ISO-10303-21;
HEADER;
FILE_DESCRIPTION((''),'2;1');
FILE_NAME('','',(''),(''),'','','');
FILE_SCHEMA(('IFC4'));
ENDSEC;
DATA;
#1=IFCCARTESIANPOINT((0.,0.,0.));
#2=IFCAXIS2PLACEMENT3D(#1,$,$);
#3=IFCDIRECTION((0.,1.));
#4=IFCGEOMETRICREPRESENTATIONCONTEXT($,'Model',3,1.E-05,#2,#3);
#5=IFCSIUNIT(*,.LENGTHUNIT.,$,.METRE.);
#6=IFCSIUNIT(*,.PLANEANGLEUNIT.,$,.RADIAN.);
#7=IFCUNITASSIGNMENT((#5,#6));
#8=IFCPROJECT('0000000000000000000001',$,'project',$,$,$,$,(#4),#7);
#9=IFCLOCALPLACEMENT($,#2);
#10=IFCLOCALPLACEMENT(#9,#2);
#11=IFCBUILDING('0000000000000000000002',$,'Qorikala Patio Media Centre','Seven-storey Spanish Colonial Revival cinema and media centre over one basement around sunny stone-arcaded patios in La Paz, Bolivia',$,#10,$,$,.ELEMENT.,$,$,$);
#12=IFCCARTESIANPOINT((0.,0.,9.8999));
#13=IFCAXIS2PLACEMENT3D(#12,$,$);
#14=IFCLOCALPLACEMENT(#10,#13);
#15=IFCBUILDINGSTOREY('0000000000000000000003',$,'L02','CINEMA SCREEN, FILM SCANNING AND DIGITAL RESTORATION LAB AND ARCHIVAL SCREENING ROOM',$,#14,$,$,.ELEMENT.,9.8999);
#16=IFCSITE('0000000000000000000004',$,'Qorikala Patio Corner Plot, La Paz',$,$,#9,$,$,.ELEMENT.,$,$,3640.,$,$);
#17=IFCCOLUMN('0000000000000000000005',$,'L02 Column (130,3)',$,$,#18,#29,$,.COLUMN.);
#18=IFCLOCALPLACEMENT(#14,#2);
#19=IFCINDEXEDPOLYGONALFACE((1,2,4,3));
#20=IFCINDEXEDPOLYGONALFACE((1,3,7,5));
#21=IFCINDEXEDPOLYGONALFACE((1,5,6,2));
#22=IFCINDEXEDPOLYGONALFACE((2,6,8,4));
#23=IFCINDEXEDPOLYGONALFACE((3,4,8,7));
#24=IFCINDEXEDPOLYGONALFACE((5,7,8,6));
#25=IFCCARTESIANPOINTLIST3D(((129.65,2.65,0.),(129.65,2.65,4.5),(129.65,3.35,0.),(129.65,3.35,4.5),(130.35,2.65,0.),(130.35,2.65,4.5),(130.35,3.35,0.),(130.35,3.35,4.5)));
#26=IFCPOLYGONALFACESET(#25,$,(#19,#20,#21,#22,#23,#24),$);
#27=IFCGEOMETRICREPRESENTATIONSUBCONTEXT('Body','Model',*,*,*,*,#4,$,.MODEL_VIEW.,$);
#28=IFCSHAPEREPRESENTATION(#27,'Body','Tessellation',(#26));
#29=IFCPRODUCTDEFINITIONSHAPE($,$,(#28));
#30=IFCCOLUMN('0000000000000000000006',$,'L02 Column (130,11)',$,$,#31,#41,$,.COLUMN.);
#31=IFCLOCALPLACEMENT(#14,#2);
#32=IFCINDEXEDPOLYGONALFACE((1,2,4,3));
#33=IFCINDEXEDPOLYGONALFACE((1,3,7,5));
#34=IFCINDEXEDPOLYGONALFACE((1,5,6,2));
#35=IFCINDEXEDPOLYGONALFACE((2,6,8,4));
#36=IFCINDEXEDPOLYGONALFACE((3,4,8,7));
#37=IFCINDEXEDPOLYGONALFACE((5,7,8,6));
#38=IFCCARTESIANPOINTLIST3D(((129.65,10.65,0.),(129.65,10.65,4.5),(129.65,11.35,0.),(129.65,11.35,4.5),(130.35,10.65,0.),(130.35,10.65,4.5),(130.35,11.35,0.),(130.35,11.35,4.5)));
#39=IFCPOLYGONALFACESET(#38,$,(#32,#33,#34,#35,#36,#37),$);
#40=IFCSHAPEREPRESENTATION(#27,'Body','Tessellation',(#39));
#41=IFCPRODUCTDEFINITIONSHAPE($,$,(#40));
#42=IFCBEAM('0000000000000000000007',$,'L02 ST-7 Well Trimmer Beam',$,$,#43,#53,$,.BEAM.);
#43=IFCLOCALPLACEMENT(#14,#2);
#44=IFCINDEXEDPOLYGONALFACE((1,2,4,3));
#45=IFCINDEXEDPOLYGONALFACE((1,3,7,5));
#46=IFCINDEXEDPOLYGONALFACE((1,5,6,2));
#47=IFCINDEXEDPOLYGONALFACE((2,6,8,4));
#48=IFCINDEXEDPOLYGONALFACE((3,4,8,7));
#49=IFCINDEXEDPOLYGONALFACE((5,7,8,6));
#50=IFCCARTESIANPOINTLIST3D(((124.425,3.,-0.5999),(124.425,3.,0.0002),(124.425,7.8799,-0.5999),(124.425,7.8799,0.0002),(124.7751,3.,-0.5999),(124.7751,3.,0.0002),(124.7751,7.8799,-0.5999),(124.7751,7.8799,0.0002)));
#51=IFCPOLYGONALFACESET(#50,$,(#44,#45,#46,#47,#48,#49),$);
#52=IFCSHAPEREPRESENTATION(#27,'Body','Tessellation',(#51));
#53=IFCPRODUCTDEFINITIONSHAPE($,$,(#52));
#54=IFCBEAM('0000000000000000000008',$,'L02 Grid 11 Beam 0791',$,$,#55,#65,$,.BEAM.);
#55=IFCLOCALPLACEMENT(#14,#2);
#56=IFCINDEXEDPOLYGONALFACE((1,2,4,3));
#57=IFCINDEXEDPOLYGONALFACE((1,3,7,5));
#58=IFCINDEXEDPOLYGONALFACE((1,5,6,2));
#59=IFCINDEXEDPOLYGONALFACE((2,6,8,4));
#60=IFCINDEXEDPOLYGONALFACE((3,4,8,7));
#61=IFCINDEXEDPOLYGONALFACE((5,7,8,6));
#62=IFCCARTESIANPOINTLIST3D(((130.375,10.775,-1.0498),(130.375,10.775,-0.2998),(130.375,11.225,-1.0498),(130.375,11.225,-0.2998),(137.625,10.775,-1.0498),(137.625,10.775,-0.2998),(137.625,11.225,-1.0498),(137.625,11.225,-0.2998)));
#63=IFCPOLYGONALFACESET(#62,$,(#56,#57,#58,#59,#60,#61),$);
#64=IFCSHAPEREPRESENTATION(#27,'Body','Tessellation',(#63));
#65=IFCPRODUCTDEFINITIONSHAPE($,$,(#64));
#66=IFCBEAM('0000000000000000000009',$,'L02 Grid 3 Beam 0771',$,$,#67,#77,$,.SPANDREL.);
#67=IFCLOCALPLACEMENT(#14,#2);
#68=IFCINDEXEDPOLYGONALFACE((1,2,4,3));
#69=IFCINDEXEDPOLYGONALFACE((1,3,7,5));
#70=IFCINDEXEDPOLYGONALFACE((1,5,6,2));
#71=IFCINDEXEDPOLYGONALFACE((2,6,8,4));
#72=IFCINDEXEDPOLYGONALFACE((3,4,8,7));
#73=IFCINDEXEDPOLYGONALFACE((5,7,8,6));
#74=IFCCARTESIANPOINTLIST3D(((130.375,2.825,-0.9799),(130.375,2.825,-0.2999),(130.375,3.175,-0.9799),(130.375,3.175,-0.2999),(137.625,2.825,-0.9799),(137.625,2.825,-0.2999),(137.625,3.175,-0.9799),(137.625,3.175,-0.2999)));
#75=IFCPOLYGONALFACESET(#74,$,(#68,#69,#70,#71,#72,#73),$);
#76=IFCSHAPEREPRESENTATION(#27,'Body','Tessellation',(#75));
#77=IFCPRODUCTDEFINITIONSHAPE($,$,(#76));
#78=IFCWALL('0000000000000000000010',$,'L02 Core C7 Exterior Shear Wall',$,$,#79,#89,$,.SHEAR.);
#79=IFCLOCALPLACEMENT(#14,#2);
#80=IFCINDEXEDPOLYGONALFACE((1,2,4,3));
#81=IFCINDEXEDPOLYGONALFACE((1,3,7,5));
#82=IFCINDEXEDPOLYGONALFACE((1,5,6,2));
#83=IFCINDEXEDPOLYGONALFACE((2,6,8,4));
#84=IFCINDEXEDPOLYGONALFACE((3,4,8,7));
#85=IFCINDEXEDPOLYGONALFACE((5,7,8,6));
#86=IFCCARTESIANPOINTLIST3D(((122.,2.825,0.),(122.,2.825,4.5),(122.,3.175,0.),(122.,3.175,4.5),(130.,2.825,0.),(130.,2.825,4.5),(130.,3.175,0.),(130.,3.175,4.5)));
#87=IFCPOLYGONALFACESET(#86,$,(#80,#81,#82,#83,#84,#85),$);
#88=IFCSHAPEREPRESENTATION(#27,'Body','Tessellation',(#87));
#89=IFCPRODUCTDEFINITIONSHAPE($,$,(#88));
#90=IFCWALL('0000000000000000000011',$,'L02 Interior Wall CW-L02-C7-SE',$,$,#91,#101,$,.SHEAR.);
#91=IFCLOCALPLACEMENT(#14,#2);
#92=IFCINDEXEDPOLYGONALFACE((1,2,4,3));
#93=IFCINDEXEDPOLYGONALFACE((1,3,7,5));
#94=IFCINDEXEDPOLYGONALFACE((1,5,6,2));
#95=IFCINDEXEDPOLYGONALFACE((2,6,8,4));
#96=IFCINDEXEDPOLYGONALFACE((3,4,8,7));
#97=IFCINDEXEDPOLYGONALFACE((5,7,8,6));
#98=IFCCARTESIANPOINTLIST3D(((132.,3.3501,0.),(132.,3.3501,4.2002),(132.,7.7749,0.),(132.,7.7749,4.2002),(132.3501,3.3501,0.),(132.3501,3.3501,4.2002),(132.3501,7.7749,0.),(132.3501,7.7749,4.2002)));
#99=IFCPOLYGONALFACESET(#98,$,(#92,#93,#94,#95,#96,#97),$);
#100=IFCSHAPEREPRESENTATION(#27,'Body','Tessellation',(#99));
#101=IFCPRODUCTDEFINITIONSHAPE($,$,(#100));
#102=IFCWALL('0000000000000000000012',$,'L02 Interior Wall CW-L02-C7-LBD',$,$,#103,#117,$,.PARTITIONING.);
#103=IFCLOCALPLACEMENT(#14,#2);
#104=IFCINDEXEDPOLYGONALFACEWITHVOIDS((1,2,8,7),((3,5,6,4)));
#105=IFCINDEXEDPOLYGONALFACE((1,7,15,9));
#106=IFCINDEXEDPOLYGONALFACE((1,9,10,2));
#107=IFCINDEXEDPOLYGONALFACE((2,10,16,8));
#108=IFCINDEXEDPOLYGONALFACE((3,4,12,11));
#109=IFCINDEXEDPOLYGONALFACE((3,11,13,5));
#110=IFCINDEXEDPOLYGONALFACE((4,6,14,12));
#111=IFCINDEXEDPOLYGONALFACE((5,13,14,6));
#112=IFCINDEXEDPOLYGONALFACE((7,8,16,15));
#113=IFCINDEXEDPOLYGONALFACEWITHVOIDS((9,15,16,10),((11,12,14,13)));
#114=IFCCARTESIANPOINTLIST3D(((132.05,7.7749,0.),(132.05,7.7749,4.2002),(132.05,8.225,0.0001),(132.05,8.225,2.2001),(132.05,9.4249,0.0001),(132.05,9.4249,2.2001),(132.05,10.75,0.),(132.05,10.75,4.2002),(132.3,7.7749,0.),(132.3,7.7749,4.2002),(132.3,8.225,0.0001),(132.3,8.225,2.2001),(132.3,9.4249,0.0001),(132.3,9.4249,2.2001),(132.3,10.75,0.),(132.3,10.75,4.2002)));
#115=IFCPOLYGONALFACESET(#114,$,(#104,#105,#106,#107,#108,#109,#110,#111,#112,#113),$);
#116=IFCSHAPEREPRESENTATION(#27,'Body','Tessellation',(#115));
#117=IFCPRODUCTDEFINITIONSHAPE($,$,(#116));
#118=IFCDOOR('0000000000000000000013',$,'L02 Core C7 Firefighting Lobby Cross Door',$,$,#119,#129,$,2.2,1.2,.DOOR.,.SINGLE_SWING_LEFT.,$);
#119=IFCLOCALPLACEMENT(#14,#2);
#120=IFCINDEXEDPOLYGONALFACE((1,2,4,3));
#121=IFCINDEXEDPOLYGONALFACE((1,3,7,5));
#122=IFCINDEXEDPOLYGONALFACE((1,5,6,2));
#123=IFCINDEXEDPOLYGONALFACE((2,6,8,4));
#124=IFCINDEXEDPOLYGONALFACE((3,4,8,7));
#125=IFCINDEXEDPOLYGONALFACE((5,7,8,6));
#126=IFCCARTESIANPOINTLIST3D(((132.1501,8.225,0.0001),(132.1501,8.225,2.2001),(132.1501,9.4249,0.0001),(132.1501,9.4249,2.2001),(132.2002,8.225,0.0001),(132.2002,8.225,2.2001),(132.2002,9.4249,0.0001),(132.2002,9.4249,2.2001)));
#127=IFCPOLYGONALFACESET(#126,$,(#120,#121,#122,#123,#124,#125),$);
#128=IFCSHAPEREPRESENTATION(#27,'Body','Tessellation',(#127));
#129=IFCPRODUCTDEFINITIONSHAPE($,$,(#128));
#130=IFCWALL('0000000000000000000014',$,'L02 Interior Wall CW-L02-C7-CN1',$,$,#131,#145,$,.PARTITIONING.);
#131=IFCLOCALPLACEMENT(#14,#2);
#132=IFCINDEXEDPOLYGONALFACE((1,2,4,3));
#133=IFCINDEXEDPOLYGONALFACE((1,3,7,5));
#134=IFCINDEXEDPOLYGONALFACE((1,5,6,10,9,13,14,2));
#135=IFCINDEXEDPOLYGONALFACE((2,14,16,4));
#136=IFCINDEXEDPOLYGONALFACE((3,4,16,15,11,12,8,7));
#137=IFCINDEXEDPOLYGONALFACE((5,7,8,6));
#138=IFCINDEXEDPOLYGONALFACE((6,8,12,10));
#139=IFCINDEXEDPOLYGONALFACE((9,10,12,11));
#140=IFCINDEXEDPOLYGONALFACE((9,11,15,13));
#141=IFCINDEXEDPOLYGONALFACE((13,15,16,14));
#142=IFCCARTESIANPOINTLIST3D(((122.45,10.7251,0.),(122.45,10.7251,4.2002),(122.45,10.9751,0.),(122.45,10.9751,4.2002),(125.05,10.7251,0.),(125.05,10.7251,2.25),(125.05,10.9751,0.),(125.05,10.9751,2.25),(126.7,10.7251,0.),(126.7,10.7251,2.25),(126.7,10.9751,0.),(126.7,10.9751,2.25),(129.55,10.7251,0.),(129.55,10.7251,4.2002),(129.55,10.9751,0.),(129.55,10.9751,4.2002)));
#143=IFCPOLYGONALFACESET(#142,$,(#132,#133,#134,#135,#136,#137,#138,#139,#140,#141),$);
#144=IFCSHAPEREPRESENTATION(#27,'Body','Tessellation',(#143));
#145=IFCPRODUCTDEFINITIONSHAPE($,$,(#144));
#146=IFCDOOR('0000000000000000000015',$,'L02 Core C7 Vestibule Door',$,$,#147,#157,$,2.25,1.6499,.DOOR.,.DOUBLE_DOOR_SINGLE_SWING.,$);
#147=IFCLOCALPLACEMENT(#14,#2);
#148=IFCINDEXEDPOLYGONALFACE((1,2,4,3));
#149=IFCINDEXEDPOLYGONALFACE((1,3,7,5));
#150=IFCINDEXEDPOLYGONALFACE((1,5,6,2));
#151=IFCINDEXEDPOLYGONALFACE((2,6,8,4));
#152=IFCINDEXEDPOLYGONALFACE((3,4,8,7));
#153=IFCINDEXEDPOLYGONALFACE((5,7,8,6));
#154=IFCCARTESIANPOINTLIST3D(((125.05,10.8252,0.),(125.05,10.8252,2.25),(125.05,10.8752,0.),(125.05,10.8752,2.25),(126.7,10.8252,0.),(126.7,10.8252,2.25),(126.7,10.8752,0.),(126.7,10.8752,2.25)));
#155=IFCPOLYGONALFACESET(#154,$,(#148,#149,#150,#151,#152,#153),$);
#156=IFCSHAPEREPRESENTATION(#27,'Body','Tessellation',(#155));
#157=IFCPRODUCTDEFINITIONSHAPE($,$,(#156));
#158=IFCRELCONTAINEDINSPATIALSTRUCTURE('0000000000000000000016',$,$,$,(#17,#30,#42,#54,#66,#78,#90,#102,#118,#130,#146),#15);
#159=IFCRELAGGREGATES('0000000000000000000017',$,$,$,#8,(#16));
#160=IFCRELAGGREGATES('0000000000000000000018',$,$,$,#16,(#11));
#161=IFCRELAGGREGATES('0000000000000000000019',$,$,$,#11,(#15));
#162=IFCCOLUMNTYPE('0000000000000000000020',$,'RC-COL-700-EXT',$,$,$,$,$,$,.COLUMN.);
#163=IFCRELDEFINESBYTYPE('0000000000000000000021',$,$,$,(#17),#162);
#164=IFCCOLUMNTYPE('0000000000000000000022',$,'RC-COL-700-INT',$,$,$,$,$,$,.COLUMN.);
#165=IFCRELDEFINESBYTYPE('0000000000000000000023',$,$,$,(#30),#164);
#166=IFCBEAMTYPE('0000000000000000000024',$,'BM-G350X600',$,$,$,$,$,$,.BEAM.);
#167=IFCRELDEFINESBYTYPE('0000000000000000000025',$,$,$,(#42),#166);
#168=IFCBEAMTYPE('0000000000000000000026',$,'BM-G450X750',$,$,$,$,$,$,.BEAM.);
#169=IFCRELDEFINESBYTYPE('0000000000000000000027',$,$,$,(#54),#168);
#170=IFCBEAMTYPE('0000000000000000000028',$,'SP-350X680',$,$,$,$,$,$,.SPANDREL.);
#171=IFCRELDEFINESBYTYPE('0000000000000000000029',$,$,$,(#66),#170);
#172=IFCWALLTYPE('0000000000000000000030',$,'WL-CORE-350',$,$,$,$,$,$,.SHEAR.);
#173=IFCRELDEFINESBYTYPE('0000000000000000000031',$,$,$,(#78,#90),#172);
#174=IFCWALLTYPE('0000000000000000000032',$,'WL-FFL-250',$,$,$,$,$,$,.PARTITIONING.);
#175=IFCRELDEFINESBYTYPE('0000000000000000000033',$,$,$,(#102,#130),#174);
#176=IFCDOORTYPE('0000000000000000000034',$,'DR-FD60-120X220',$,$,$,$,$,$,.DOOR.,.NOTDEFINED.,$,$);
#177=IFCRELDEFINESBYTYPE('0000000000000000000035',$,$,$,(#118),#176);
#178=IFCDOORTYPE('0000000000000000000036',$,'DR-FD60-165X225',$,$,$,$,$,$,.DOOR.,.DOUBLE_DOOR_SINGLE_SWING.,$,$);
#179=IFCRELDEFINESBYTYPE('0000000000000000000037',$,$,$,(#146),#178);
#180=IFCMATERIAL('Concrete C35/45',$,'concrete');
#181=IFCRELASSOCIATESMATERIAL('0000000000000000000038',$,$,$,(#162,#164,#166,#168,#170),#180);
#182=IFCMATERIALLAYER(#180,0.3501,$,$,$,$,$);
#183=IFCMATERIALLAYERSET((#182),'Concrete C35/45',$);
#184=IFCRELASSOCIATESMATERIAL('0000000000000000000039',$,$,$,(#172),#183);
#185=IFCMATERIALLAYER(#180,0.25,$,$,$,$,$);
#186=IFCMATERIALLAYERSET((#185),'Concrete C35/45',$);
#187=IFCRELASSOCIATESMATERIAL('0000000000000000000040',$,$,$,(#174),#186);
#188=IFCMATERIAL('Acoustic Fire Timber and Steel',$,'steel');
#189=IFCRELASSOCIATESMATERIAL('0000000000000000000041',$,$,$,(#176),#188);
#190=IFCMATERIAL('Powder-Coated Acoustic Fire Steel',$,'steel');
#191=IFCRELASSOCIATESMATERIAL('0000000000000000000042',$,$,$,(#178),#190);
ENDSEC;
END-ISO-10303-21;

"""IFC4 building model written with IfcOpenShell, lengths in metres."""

from ifc_helpers import new_model, si_unit, direction, frame, frame_2d, origin, origin_2d, place, context, subcontext, project, spatial, rectangle, extrude, material, layer, layer_set, material_profile, profile_set, type_object, element, fill, save


model = new_model("IFC4")

# Units and contexts
model_context = context("Model", 3, precision=1e-05, world=origin(), true_north=direction((0.0, 1.0)))
body_context = subcontext(model_context, "Body", "Model", "MODEL_VIEW")
ifc_project = project(units=[si_unit("LENGTHUNIT", "METRE"), si_unit("PLANEANGLEUNIT", "RADIAN")], contexts=[model_context])

# Site, building, storey
site_placement = place(None, origin())
site = spatial("IfcSite", under=ifc_project, at=site_placement, Name="Qorikala Patio Corner Plot, La Paz", CompositionType="ELEMENT", RefElevation=3640.0)
building_placement = place(site_placement, origin())
building = spatial("IfcBuilding", under=site, at=building_placement, Name="Qorikala Patio Media Centre", Description="Seven-storey Spanish Colonial Revival cinema and media centre over one basement around sunny stone-arcaded patios in La Paz, Bolivia", CompositionType="ELEMENT")
storey_placement = place(building_placement, frame((0.0, 0.0, 9.8999)))
storey = spatial("IfcBuildingStorey", under=building, at=storey_placement, Name="L02", Description="CINEMA SCREEN, FILM SCANNING AND DIGITAL RESTORATION LAB AND ARCHIVAL SCREENING ROOM", CompositionType="ELEMENT", Elevation=9.8999)

# Columns
ifc_material_1 = material(Name="Concrete C35/45", Category="concrete")
ifc_material_profile_1 = material_profile(ifc_material_1, rectangle(XDim=0.7, YDim=0.7, at=origin_2d()), Name="RC 700x700")
ifc_profile_set_1 = profile_set([ifc_material_profile_1], Name="Concrete C35/45")
column_type_1 = type_object("IfcColumnType", Name="RC-COL-700-EXT", PredefinedType="COLUMN", material=ifc_profile_set_1)
column_1_placement = place(storey_placement, frame((130.0, 3.0, 0.0), z_axis=(0.0, 0.0, 1.0), x_axis=(1.0, 0.0, 0.0)))
element("IfcColumn", 1, at=column_1_placement, inside=storey, type_object=column_type_1, Name="L02 Column (130,3)", PredefinedType="COLUMN", context=body_context, shape_type="SweptSolid", body=[
    extrude(rectangle(XDim=0.7, YDim=0.7, at=origin_2d()), origin(), (0.0, 0.0, 1.0), 4.5),
])
ifc_material_profile_2 = material_profile(ifc_material_1, rectangle(XDim=0.7, YDim=0.7, at=origin_2d()), Name="RC 700x700")
ifc_profile_set_2 = profile_set([ifc_material_profile_2], Name="Concrete C35/45")
column_type_2 = type_object("IfcColumnType", Name="RC-COL-700-INT", PredefinedType="COLUMN", material=ifc_profile_set_2)
column_2_placement = place(storey_placement, frame((130.0, 11.0, 0.0), z_axis=(0.0, 0.0, 1.0), x_axis=(1.0, 0.0, 0.0)))
element("IfcColumn", 2, at=column_2_placement, inside=storey, type_object=column_type_2, Name="L02 Column (130,11)", PredefinedType="COLUMN", context=body_context, shape_type="SweptSolid", body=[
    extrude(rectangle(XDim=0.7, YDim=0.7, at=origin_2d()), origin(), (0.0, 0.0, 1.0), 4.5),
])

# Beams
ifc_material_profile_3 = material_profile(ifc_material_1, rectangle(XDim=0.3501, YDim=0.6001, at=origin_2d()), Name="RC 350x600")
ifc_profile_set_3 = profile_set([ifc_material_profile_3], Name="Concrete C35/45")
beam_type_1 = type_object("IfcBeamType", Name="BM-G350X600", PredefinedType="BEAM", material=ifc_profile_set_3)
beam_1_placement = place(storey_placement, frame((124.6001, 3.0, -0.2998), z_axis=(0.0, 1.0, 0.0), x_axis=(-1.0, 0.0, 0.0)))
element("IfcBeam", 3, at=beam_1_placement, inside=storey, type_object=beam_type_1, Name="L02 ST-7 Well Trimmer Beam", PredefinedType="BEAM", context=body_context, shape_type="SweptSolid", body=[
    extrude(rectangle(XDim=0.3501, YDim=0.6001, at=origin_2d()), origin(), (0.0, 0.0, 1.0), 4.8799),
])
ifc_material_profile_4 = material_profile(ifc_material_1, rectangle(XDim=0.45, YDim=0.75, at=origin_2d()), Name="RC 450x750")
ifc_profile_set_4 = profile_set([ifc_material_profile_4], Name="Concrete C35/45")
beam_type_2 = type_object("IfcBeamType", Name="BM-G450X750", PredefinedType="BEAM", material=ifc_profile_set_4)
beam_2_placement = place(storey_placement, frame((130.375, 11.0, -0.6748), z_axis=(1.0, 0.0, 0.0), x_axis=(0.0, 1.0, 0.0)))
element("IfcBeam", 4, at=beam_2_placement, inside=storey, type_object=beam_type_2, Name="L02 Grid 11 Beam 0791", PredefinedType="BEAM", context=body_context, shape_type="SweptSolid", body=[
    extrude(rectangle(XDim=0.45, YDim=0.75, at=origin_2d()), origin(), (0.0, 0.0, 1.0), 7.25),
])
ifc_material_profile_5 = material_profile(ifc_material_1, rectangle(XDim=0.3501, YDim=0.6799, at=origin_2d()), Name="RC 350x680")
ifc_profile_set_5 = profile_set([ifc_material_profile_5], Name="Concrete C35/45")
beam_type_3 = type_object("IfcBeamType", Name="SP-350X680", PredefinedType="SPANDREL", material=ifc_profile_set_5)
beam_3_placement = place(storey_placement, frame((130.375, 3.0, -0.6399), z_axis=(1.0, 0.0, 0.0), x_axis=(0.0, 1.0, 0.0)))
element("IfcBeam", 5, at=beam_3_placement, inside=storey, type_object=beam_type_3, Name="L02 Grid 3 Beam 0771", PredefinedType="SPANDREL", context=body_context, shape_type="SweptSolid", body=[
    extrude(rectangle(XDim=0.3501, YDim=0.6799, at=origin_2d()), origin(), (0.0, 0.0, 1.0), 7.25),
])

# Walls
ifc_layer_1 = layer(ifc_material_1, 0.3501)
ifc_layer_set_1 = layer_set([ifc_layer_1], Name="Concrete C35/45")
wall_type_1 = type_object("IfcWallType", Name="WL-CORE-350", PredefinedType="SHEAR", material=ifc_layer_set_1)
wall_1_placement = place(storey_placement, frame((130.0, 3.0, 0.0), z_axis=(0.0, 0.0, 1.0), x_axis=(-1.0, 0.0, 0.0)))
element("IfcWall", 6, at=wall_1_placement, inside=storey, type_object=wall_type_1, Name="L02 Core C7 Exterior Shear Wall", PredefinedType="SHEAR", context=body_context, shape_type="SweptSolid", body=[
    extrude(rectangle(XDim=8.0, YDim=0.3501, at=frame_2d((4.0, 0.0))), origin(), (0.0, 0.0, 1.0), 4.5),
])
wall_2_placement = place(storey_placement, frame((132.175, 3.3501, 0.0), z_axis=(0.0, 0.0, 1.0), x_axis=(0.0, 1.0, 0.0)))
element("IfcWall", 7, at=wall_2_placement, inside=storey, type_object=wall_type_1, Name="L02 Interior Wall CW-L02-C7-SE", PredefinedType="SHEAR", context=body_context, shape_type="SweptSolid", body=[
    extrude(rectangle(XDim=4.4248, YDim=0.3501, at=frame_2d((2.2124, 0.0))), origin(), (0.0, 0.0, 1.0), 4.2002),
])

# Walls, openings, doors
ifc_layer_2 = layer(ifc_material_1, 0.25)
ifc_layer_set_2 = layer_set([ifc_layer_2], Name="Concrete C35/45")
wall_type_2 = type_object("IfcWallType", Name="WL-FFL-250", PredefinedType="PARTITIONING", material=ifc_layer_set_2)
wall_3_placement = place(storey_placement, frame((132.175, 7.7749, 0.0), z_axis=(0.0, 0.0, 1.0), x_axis=(0.0, 1.0, 0.0)))
wall_3 = element("IfcWall", 8, at=wall_3_placement, inside=storey, type_object=wall_type_2, Name="L02 Interior Wall CW-L02-C7-LBD", PredefinedType="PARTITIONING", context=body_context, shape_type="SweptSolid", body=[
    extrude(rectangle(XDim=2.9751, YDim=0.25, at=frame_2d((1.4875, 0.0))), origin(), (0.0, 0.0, 1.0), 4.2002),
])
opening_1_placement = place(wall_3_placement, frame((0.45, 0.0, 0.0)))
opening_1 = element("IfcOpeningElement", 9, at=opening_1_placement, cuts=wall_3, PredefinedType="OPENING", context=body_context, shape_type="SweptSolid", body=[
    extrude(rectangle(XDim=1.2, YDim=2.2, at=frame_2d((0.6001, 1.1001))), frame((0.0, 0.135, 0.0), z_axis=(0.0, -1.0, 0.0), x_axis=(1.0, 0.0, 0.0)), (0.0, 0.0, 1.0), 0.27),
])
ifc_material_2 = material(Name="Acoustic Fire Timber and Steel", Category="steel")
door_type_1 = type_object("IfcDoorType", Name="DR-FD60-120X220", OperationType="NOTDEFINED", PredefinedType="DOOR", material=ifc_material_2)
door_1_placement = place(opening_1_placement, origin())
door_1 = element("IfcDoor", 10, at=door_1_placement, inside=storey, type_object=door_type_1, Name="L02 Core C7 Firefighting Lobby Cross Door", OperationType="SINGLE_SWING_LEFT", OverallHeight=2.2, OverallWidth=1.2, PredefinedType="DOOR", context=body_context, shape_type="SweptSolid", body=[
    extrude(rectangle(XDim=1.2, YDim=2.2, at=frame_2d((0.6001, 1.1001))), frame((0.0, 0.0249, 0.0), z_axis=(0.0, -1.0, 0.0), x_axis=(1.0, 0.0, 0.0)), (0.0, 0.0, 1.0), 0.05),
])
fill(opening_1, door_1)
wall_4_placement = place(storey_placement, frame((122.45, 10.8501, 0.0), z_axis=(0.0, 0.0, 1.0), x_axis=(1.0, 0.0, 0.0)))
wall_4 = element("IfcWall", 11, at=wall_4_placement, inside=storey, type_object=wall_type_2, Name="L02 Interior Wall CW-L02-C7-CN1", PredefinedType="PARTITIONING", context=body_context, shape_type="SweptSolid", body=[
    extrude(rectangle(XDim=7.1001, YDim=0.25, at=frame_2d((3.55, 0.0))), origin(), (0.0, 0.0, 1.0), 4.2002),
])
opening_2_placement = place(wall_4_placement, frame((2.6001, 0.0, 0.0)))
opening_2 = element("IfcOpeningElement", 12, at=opening_2_placement, cuts=wall_4, PredefinedType="OPENING", context=body_context, shape_type="SweptSolid", body=[
    extrude(rectangle(XDim=1.6499, YDim=2.25, at=frame_2d((0.825, 1.125))), frame((0.0, 0.135, 0.0), z_axis=(0.0, -1.0, 0.0), x_axis=(1.0, 0.0, 0.0)), (0.0, 0.0, 1.0), 0.27),
])
ifc_material_3 = material(Name="Powder-Coated Acoustic Fire Steel", Category="steel")
door_type_2 = type_object("IfcDoorType", Name="DR-FD60-165X225", OperationType="DOUBLE_DOOR_SINGLE_SWING", PredefinedType="DOOR", material=ifc_material_3)
door_2_placement = place(opening_2_placement, frame((1.6499, 0.0, 0.0), z_axis=(0.0, 0.0, 1.0), x_axis=(-1.0, 0.0, 0.0)))
door_2 = element("IfcDoor", 13, at=door_2_placement, inside=storey, type_object=door_type_2, Name="L02 Core C7 Vestibule Door", OperationType="DOUBLE_DOOR_SINGLE_SWING", OverallHeight=2.25, OverallWidth=1.6499, PredefinedType="DOOR", context=body_context, shape_type="SweptSolid", body=[
    extrude(rectangle(XDim=1.6499, YDim=2.25, at=frame_2d((0.825, 1.125))), frame((0.0, 0.0249, 0.0), z_axis=(0.0, -1.0, 0.0), x_axis=(1.0, 0.0, 0.0)), (0.0, 0.0, 1.0), 0.05),
])
fill(opening_2, door_2)

save(model, "model.ifc")
